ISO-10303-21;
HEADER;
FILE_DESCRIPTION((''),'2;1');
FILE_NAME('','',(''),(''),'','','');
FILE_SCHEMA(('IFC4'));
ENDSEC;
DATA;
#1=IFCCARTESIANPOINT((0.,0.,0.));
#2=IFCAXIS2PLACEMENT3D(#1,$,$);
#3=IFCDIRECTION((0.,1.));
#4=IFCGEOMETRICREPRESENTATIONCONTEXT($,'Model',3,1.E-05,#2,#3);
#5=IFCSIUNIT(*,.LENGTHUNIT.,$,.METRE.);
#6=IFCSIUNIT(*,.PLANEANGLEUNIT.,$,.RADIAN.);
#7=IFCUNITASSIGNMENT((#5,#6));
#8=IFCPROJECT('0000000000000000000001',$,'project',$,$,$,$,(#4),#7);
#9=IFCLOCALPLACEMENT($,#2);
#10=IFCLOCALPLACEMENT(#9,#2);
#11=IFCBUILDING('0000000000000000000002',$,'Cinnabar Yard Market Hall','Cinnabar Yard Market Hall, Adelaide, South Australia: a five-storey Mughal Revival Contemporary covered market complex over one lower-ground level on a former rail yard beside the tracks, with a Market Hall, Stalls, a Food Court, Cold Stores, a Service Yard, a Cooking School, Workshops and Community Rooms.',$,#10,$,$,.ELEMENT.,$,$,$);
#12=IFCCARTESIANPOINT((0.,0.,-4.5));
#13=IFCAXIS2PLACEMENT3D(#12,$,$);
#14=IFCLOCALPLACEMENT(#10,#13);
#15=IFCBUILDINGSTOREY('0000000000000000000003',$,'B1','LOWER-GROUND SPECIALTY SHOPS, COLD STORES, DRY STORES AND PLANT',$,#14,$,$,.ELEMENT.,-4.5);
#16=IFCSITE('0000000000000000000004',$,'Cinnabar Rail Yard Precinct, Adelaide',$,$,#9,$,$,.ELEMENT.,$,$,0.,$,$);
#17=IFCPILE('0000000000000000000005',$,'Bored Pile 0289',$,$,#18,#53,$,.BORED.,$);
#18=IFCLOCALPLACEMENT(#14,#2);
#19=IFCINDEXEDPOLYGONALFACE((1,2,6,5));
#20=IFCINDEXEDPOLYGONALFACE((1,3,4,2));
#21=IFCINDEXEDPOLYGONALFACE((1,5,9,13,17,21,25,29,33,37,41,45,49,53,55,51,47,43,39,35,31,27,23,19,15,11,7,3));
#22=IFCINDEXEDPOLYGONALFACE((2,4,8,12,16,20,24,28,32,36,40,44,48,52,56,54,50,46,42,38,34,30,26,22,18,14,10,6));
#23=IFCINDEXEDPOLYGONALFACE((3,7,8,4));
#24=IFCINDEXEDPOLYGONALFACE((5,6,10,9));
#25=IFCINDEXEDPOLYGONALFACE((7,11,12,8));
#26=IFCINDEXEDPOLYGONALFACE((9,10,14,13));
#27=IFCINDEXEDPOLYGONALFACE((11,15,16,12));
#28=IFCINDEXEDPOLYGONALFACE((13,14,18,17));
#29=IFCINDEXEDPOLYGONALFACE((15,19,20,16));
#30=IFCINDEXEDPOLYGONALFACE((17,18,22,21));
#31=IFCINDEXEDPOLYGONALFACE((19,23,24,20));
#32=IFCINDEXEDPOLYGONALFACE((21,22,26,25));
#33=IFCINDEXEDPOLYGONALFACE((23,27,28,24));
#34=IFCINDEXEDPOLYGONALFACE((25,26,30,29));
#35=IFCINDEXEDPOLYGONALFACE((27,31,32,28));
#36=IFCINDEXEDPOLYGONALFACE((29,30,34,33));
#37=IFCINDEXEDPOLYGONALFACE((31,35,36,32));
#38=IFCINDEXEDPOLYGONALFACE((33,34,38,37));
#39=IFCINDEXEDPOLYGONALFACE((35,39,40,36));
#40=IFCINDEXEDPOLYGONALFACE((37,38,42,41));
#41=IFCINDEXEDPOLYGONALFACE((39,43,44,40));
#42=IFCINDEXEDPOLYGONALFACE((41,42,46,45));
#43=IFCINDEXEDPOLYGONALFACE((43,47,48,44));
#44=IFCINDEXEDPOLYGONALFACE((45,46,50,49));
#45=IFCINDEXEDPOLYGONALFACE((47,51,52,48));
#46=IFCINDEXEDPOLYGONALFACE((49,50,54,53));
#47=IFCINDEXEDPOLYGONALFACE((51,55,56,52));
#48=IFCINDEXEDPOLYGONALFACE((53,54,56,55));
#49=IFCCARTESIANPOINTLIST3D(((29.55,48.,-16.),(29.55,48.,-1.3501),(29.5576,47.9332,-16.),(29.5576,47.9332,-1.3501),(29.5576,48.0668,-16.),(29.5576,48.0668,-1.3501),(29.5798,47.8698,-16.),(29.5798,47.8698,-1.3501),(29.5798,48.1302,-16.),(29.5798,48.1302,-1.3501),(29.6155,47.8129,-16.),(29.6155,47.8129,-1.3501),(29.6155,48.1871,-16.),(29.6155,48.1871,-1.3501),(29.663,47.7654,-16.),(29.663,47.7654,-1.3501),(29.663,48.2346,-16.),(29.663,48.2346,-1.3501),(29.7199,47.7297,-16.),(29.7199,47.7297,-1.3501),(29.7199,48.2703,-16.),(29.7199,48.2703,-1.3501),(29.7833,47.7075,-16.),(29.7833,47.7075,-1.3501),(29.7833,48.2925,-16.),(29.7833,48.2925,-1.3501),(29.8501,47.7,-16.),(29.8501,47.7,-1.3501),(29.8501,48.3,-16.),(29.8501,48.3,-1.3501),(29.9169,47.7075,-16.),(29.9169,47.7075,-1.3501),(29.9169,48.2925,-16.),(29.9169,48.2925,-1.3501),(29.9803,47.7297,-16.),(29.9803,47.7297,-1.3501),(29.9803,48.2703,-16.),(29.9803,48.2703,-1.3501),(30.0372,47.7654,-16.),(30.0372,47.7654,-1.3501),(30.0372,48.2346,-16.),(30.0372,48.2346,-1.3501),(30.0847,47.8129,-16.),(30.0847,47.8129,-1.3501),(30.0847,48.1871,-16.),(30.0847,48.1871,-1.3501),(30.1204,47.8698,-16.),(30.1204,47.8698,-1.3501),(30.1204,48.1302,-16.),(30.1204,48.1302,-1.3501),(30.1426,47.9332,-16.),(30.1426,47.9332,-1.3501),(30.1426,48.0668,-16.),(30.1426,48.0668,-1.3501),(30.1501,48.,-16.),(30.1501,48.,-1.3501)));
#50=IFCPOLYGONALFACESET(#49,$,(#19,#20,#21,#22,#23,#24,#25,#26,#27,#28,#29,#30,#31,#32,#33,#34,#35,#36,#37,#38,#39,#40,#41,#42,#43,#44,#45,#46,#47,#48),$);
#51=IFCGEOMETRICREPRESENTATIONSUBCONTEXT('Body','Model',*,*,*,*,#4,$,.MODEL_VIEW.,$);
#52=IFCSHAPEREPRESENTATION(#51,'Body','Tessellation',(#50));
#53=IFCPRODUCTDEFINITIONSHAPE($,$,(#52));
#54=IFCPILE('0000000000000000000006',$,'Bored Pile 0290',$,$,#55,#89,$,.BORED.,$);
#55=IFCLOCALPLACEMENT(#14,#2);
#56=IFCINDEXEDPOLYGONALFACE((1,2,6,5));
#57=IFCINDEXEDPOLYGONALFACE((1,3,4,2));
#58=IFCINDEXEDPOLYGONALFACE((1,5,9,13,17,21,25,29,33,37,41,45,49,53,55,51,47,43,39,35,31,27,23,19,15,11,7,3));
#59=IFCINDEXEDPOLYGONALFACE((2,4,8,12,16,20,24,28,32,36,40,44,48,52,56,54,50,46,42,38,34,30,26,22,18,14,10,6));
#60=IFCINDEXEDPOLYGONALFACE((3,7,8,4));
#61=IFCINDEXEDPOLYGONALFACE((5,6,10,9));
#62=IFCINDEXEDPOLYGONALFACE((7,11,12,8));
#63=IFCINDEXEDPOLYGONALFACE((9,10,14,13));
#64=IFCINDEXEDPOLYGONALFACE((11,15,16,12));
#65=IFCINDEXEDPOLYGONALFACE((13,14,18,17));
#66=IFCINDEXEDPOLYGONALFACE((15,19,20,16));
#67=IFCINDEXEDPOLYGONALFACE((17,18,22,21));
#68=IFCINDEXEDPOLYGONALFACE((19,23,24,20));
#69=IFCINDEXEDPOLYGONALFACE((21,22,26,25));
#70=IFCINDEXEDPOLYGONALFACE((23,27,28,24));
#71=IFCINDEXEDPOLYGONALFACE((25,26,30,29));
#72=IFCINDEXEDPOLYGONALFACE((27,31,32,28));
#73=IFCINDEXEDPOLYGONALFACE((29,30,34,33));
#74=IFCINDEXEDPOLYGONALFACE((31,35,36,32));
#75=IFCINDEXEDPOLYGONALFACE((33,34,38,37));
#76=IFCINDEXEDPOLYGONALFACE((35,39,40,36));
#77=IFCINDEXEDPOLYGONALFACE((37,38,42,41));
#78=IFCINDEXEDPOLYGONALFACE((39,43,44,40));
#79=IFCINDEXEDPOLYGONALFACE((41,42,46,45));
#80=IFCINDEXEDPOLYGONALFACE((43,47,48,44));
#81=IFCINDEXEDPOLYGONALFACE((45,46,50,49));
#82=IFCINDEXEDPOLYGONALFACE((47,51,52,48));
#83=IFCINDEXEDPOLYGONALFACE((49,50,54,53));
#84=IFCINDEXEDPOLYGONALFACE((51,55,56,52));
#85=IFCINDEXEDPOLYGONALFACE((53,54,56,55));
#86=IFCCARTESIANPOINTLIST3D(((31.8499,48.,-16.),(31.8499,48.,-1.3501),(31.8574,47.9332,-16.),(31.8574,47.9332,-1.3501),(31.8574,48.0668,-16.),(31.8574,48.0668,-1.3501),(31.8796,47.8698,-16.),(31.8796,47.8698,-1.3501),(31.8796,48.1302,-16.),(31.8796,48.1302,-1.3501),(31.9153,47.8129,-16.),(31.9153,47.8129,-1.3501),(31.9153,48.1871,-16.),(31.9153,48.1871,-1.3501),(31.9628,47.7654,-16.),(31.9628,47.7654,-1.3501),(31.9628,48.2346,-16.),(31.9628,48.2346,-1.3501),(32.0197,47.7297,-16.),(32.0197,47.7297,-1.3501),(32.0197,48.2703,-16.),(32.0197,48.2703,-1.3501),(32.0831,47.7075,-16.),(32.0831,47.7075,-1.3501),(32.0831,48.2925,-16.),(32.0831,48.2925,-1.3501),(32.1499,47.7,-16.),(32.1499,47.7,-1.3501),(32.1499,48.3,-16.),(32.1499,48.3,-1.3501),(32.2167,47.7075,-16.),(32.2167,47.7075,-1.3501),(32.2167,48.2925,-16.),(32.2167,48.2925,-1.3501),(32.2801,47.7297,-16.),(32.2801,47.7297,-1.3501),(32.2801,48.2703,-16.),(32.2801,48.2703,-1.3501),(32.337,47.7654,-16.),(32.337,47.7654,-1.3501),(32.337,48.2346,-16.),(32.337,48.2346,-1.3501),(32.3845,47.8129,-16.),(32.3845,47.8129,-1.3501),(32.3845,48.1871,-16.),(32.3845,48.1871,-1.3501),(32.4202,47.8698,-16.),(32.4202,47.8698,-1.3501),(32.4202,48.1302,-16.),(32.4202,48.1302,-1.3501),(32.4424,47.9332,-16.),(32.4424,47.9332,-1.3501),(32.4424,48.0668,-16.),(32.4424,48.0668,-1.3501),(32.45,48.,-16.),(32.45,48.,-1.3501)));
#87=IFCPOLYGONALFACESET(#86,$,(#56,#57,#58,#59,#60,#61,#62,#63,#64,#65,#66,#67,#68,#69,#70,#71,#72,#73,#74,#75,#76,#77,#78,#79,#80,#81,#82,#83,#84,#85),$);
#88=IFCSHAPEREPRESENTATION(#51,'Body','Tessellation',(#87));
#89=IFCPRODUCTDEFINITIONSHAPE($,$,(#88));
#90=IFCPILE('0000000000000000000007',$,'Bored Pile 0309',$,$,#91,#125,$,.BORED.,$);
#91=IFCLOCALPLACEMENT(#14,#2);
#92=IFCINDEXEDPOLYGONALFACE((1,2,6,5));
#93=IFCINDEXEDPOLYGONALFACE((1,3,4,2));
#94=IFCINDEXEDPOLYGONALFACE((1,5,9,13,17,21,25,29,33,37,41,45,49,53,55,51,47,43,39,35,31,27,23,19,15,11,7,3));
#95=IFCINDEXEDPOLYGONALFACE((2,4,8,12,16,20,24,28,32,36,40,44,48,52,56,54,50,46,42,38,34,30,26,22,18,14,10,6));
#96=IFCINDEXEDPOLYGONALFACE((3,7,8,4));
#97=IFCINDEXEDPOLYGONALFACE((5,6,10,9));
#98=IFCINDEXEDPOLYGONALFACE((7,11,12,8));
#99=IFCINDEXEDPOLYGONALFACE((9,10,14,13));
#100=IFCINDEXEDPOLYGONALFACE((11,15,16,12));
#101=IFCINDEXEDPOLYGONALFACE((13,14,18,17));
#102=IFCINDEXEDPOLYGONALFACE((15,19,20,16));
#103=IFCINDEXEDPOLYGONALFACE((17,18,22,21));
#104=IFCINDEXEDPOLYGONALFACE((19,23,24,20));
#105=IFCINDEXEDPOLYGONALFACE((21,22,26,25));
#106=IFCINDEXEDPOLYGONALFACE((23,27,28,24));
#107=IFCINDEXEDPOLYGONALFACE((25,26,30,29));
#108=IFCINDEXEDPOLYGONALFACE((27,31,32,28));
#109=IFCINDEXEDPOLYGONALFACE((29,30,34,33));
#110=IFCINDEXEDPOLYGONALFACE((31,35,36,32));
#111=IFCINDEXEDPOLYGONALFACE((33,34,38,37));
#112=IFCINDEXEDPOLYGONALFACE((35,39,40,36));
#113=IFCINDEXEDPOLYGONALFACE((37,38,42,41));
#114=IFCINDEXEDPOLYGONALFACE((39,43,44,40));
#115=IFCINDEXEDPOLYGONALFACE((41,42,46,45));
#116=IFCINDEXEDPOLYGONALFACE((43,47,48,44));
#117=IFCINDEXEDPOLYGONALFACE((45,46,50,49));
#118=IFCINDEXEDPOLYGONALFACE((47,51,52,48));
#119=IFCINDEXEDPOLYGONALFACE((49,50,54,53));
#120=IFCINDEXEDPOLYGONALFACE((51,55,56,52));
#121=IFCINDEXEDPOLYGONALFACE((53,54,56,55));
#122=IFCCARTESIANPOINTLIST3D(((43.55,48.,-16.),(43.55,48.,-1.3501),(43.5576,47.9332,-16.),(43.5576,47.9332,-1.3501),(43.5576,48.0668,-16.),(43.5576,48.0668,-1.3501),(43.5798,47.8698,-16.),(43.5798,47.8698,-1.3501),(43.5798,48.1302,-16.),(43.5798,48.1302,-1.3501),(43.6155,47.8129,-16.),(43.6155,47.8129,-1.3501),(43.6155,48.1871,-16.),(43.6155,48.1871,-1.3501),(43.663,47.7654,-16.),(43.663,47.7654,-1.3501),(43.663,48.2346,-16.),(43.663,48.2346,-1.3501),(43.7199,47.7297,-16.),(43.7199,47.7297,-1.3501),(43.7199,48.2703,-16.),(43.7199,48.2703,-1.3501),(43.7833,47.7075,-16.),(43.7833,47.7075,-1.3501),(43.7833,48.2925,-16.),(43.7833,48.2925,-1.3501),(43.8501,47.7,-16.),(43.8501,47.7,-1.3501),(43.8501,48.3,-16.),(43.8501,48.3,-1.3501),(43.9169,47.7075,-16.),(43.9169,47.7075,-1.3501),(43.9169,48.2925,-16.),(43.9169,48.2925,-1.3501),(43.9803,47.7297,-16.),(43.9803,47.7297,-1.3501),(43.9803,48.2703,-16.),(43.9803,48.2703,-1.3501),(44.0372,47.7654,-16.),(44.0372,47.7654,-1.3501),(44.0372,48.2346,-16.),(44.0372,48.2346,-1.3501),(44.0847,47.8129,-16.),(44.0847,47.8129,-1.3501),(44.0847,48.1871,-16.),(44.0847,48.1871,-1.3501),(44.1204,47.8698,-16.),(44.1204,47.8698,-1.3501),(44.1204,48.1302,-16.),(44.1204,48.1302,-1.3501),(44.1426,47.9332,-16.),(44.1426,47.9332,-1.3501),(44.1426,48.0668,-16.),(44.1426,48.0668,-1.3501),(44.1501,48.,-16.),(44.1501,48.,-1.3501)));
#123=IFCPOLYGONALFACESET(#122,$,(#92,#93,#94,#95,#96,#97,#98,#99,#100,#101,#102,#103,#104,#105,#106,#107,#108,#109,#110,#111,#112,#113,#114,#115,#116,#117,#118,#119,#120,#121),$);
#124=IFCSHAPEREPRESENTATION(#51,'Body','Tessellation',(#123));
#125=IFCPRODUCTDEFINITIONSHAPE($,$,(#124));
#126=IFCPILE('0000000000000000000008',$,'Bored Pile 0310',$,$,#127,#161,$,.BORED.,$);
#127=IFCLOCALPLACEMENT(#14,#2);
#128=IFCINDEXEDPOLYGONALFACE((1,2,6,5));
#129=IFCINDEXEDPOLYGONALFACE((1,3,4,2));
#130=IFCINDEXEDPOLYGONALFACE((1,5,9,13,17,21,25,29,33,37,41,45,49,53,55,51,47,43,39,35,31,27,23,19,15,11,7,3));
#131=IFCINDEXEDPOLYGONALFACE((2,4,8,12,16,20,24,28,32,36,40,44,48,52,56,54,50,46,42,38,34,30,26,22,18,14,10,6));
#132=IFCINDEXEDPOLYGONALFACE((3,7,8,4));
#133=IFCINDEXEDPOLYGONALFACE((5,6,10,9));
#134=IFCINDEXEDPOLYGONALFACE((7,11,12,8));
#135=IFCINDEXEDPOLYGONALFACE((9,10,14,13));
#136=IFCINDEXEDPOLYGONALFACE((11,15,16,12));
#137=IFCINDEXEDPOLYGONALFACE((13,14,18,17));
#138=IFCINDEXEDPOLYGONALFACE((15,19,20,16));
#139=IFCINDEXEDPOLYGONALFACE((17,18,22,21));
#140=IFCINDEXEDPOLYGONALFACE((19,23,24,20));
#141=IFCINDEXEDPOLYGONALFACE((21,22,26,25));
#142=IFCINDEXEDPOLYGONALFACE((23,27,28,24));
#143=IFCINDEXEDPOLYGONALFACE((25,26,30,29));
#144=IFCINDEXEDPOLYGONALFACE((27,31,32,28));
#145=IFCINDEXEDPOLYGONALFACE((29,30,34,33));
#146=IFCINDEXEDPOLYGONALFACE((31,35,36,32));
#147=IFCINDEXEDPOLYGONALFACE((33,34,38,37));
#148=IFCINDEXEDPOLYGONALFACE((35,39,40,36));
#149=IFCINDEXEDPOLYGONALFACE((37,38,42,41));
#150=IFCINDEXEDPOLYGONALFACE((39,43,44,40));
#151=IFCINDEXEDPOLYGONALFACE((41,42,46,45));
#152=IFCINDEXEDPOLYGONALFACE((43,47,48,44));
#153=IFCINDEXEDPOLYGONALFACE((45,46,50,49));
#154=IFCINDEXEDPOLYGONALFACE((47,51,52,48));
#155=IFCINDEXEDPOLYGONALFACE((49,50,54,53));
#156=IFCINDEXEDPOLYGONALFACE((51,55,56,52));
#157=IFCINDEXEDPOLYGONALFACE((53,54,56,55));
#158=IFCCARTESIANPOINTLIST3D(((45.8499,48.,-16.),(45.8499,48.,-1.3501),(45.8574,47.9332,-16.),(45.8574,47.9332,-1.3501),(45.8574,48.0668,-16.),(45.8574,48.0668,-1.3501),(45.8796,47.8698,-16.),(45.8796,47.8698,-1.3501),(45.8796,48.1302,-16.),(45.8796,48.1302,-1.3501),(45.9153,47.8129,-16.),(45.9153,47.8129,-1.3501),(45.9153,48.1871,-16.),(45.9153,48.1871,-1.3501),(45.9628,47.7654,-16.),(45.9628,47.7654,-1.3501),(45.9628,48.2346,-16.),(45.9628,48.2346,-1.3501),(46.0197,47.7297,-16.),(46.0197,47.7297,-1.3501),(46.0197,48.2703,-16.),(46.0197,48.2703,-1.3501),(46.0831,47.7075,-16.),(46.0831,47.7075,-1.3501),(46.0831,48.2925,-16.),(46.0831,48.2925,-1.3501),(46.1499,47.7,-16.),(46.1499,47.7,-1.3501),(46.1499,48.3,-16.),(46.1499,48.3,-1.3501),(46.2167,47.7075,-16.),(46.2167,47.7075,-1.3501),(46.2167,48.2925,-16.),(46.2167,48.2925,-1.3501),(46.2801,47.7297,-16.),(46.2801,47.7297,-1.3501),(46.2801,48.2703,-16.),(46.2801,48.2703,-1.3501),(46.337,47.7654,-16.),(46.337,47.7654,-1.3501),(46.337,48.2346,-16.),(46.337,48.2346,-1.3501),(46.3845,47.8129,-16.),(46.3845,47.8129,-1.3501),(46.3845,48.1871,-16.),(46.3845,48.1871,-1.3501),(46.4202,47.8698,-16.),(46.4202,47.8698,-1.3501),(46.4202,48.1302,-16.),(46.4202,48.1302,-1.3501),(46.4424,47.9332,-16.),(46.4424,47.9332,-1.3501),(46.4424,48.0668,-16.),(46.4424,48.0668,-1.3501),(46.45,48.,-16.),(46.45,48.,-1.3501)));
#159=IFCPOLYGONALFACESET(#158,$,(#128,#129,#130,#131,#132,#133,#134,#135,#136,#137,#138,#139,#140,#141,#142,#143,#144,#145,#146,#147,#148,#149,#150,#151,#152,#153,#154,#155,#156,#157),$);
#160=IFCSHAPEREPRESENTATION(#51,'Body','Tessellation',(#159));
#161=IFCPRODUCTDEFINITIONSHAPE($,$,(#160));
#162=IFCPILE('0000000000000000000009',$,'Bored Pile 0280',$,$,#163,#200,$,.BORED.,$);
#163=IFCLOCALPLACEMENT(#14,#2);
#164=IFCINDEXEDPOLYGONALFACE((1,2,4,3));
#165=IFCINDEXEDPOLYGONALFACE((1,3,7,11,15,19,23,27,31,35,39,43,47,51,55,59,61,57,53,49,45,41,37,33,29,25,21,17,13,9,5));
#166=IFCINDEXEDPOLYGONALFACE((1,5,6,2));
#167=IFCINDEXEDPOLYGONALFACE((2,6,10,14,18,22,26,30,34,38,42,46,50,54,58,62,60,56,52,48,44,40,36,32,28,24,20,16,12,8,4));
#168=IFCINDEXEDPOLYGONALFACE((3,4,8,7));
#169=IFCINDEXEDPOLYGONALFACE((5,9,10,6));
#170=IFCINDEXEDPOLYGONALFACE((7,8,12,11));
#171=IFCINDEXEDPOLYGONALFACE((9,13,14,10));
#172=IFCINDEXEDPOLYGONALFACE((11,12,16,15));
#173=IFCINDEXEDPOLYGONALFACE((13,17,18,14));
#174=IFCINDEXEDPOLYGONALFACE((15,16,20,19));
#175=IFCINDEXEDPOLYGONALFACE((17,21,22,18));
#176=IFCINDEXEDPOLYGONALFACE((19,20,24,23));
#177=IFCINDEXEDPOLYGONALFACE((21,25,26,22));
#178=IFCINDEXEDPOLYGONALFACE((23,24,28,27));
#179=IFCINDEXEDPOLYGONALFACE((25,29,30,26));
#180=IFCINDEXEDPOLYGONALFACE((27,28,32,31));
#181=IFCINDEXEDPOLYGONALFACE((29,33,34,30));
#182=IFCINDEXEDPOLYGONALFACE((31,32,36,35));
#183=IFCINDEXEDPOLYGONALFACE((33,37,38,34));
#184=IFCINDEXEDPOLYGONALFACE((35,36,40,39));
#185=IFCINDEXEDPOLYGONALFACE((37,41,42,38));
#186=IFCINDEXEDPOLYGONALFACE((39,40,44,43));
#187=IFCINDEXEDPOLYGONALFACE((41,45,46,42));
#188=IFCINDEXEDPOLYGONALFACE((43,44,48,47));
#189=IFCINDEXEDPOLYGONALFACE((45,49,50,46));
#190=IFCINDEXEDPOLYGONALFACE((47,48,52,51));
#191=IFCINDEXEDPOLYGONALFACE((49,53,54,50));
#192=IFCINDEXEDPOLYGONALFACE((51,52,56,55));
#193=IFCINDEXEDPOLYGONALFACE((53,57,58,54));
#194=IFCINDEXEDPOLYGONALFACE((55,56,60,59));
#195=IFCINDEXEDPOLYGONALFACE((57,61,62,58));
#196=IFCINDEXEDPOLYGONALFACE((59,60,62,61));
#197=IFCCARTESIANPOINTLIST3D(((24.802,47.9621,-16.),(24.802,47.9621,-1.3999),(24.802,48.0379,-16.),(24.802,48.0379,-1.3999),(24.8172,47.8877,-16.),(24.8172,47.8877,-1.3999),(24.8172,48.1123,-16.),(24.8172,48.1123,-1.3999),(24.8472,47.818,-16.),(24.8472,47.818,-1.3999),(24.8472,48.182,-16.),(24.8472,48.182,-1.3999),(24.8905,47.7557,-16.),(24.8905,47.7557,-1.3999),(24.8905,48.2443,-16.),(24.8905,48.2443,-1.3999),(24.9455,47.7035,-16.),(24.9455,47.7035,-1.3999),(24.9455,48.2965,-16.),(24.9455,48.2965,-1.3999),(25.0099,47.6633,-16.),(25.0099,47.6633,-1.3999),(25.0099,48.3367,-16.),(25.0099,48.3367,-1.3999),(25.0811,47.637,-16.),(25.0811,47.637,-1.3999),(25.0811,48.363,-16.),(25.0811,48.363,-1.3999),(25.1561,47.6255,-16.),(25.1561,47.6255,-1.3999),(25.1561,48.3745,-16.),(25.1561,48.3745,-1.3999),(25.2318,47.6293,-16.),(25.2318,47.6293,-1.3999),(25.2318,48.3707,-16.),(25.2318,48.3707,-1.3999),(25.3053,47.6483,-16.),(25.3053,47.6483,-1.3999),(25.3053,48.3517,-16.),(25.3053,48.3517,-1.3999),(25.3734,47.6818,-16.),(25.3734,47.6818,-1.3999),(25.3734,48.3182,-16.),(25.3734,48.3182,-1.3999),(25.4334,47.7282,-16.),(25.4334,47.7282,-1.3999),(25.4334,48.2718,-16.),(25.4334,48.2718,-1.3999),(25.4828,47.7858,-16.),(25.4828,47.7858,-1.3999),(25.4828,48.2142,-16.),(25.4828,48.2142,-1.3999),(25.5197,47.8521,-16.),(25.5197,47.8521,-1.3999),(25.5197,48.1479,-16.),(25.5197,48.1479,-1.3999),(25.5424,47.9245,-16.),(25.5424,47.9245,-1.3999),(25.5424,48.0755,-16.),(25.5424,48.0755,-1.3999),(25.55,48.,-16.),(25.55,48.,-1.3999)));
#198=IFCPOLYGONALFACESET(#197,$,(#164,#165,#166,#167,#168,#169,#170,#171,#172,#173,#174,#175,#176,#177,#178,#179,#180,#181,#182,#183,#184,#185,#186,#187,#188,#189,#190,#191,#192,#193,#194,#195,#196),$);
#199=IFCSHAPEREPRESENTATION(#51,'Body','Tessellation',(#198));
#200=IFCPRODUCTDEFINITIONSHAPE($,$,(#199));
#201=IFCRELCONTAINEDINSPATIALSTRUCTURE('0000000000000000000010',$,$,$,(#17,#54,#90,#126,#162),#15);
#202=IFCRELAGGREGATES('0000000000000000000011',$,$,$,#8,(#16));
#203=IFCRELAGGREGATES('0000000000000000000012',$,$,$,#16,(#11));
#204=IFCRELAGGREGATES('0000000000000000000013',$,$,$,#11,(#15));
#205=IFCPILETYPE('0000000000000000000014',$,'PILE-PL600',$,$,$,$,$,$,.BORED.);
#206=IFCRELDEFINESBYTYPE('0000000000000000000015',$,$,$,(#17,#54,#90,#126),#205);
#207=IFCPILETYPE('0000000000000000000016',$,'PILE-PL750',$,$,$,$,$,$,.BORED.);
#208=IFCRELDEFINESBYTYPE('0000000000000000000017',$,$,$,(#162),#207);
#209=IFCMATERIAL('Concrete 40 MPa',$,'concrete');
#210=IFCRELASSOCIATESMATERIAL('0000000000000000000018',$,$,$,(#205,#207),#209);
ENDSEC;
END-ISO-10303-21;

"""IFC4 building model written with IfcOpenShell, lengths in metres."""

from ifc_helpers import new_model, si_unit, direction, frame, origin, origin_2d_with_axis, place, context, subcontext, project, spatial, circle, extrude, material, material_profile, profile_set, type_object, element, save


model = new_model("IFC4")

# Units and contexts
model_context = context("Model", 3, precision=1e-05, world=origin(), true_north=direction((0.0, 1.0)))
body_context = subcontext(model_context, "Body", "Model", "MODEL_VIEW")
ifc_project = project(units=[si_unit("LENGTHUNIT", "METRE"), si_unit("PLANEANGLEUNIT", "RADIAN")], contexts=[model_context])

# Site, building, storey
site_placement = place(None, origin())
site = spatial("IfcSite", under=ifc_project, at=site_placement, Name="Cinnabar Rail Yard Precinct, Adelaide", CompositionType="ELEMENT", RefElevation=0.0)
building_placement = place(site_placement, origin())
building = spatial("IfcBuilding", under=site, at=building_placement, Name="Cinnabar Yard Market Hall", Description="Cinnabar Yard Market Hall, Adelaide, South Australia: a five-storey Mughal Revival Contemporary covered market complex over one lower-ground level on a former rail yard beside the tracks, with a Market Hall, Stalls, a Food Court, Cold Stores, a Service Yard, a Cooking School, Workshops and Community Rooms.", CompositionType="ELEMENT")
storey_placement = place(building_placement, frame((0.0, 0.0, -4.5)))
storey = spatial("IfcBuildingStorey", under=building, at=storey_placement, Name="B1", Description="LOWER-GROUND SPECIALTY SHOPS, COLD STORES, DRY STORES AND PLANT", CompositionType="ELEMENT", Elevation=-4.5)

# Shared definitions
ifc_material_1 = material(Name="Concrete 40 MPa", Category="concrete")

# Piles
ifc_material_profile_1 = material_profile(ifc_material_1, circle(Radius=0.3, at=origin_2d_with_axis()), Name="PILE-D600")
ifc_profile_set_1 = profile_set([ifc_material_profile_1], Name="Concrete 40 MPa")
pile_type_1 = type_object("IfcPileType", Name="PILE-PL600", PredefinedType="BORED", material=ifc_profile_set_1)
for number, where, z_axis, x_axis, name in (
    (1, (29.8501, 48.0, -1.3501), (0.0, 0.0, -1.0), (1.0, 0.0, 0.0), "Bored Pile 0289"),
    (2, (32.1499, 48.0, -1.3501), (0.0, 0.0, -1.0), (1.0, 0.0, 0.0), "Bored Pile 0290"),
    (3, (43.8501, 48.0, -1.3501), (0.0, 0.0, -1.0), (1.0, 0.0, 0.0), "Bored Pile 0309"),
    (4, (46.1499, 48.0, -1.3501), (0.0, 0.0, -1.0), (1.0, 0.0, 0.0), "Bored Pile 0310"),
):
    element("IfcPile", number, at=place(storey_placement, frame(where, z_axis=z_axis, x_axis=x_axis)), inside=storey, type_object=pile_type_1, Name=name, PredefinedType="BORED", context=body_context, shape_type="SweptSolid", body=[
        extrude(circle(Radius=0.3, at=origin_2d_with_axis()), origin(), (0.0, 0.0, 1.0), 14.6499),
    ])
ifc_material_profile_2 = material_profile(ifc_material_1, circle(Radius=0.375, at=origin_2d_with_axis()), Name="PILE-D750")
ifc_profile_set_2 = profile_set([ifc_material_profile_2], Name="Concrete 40 MPa")
pile_type_2 = type_object("IfcPileType", Name="PILE-PL750", PredefinedType="BORED", material=ifc_profile_set_2)
for number, where, z_axis, x_axis, name in (
    (5, (25.175, 48.0, -1.3999), (0.0, 0.0, -1.0), (1.0, 0.0, 0.0), "Bored Pile 0280"),
):
    element("IfcPile", number, at=place(storey_placement, frame(where, z_axis=z_axis, x_axis=x_axis)), inside=storey, type_object=pile_type_2, Name=name, PredefinedType="BORED", context=body_context, shape_type="SweptSolid", body=[
        extrude(circle(Radius=0.375, at=origin_2d_with_axis()), origin(), (0.0, 0.0, 1.0), 14.6001),
    ])

save(model, "model.ifc")
